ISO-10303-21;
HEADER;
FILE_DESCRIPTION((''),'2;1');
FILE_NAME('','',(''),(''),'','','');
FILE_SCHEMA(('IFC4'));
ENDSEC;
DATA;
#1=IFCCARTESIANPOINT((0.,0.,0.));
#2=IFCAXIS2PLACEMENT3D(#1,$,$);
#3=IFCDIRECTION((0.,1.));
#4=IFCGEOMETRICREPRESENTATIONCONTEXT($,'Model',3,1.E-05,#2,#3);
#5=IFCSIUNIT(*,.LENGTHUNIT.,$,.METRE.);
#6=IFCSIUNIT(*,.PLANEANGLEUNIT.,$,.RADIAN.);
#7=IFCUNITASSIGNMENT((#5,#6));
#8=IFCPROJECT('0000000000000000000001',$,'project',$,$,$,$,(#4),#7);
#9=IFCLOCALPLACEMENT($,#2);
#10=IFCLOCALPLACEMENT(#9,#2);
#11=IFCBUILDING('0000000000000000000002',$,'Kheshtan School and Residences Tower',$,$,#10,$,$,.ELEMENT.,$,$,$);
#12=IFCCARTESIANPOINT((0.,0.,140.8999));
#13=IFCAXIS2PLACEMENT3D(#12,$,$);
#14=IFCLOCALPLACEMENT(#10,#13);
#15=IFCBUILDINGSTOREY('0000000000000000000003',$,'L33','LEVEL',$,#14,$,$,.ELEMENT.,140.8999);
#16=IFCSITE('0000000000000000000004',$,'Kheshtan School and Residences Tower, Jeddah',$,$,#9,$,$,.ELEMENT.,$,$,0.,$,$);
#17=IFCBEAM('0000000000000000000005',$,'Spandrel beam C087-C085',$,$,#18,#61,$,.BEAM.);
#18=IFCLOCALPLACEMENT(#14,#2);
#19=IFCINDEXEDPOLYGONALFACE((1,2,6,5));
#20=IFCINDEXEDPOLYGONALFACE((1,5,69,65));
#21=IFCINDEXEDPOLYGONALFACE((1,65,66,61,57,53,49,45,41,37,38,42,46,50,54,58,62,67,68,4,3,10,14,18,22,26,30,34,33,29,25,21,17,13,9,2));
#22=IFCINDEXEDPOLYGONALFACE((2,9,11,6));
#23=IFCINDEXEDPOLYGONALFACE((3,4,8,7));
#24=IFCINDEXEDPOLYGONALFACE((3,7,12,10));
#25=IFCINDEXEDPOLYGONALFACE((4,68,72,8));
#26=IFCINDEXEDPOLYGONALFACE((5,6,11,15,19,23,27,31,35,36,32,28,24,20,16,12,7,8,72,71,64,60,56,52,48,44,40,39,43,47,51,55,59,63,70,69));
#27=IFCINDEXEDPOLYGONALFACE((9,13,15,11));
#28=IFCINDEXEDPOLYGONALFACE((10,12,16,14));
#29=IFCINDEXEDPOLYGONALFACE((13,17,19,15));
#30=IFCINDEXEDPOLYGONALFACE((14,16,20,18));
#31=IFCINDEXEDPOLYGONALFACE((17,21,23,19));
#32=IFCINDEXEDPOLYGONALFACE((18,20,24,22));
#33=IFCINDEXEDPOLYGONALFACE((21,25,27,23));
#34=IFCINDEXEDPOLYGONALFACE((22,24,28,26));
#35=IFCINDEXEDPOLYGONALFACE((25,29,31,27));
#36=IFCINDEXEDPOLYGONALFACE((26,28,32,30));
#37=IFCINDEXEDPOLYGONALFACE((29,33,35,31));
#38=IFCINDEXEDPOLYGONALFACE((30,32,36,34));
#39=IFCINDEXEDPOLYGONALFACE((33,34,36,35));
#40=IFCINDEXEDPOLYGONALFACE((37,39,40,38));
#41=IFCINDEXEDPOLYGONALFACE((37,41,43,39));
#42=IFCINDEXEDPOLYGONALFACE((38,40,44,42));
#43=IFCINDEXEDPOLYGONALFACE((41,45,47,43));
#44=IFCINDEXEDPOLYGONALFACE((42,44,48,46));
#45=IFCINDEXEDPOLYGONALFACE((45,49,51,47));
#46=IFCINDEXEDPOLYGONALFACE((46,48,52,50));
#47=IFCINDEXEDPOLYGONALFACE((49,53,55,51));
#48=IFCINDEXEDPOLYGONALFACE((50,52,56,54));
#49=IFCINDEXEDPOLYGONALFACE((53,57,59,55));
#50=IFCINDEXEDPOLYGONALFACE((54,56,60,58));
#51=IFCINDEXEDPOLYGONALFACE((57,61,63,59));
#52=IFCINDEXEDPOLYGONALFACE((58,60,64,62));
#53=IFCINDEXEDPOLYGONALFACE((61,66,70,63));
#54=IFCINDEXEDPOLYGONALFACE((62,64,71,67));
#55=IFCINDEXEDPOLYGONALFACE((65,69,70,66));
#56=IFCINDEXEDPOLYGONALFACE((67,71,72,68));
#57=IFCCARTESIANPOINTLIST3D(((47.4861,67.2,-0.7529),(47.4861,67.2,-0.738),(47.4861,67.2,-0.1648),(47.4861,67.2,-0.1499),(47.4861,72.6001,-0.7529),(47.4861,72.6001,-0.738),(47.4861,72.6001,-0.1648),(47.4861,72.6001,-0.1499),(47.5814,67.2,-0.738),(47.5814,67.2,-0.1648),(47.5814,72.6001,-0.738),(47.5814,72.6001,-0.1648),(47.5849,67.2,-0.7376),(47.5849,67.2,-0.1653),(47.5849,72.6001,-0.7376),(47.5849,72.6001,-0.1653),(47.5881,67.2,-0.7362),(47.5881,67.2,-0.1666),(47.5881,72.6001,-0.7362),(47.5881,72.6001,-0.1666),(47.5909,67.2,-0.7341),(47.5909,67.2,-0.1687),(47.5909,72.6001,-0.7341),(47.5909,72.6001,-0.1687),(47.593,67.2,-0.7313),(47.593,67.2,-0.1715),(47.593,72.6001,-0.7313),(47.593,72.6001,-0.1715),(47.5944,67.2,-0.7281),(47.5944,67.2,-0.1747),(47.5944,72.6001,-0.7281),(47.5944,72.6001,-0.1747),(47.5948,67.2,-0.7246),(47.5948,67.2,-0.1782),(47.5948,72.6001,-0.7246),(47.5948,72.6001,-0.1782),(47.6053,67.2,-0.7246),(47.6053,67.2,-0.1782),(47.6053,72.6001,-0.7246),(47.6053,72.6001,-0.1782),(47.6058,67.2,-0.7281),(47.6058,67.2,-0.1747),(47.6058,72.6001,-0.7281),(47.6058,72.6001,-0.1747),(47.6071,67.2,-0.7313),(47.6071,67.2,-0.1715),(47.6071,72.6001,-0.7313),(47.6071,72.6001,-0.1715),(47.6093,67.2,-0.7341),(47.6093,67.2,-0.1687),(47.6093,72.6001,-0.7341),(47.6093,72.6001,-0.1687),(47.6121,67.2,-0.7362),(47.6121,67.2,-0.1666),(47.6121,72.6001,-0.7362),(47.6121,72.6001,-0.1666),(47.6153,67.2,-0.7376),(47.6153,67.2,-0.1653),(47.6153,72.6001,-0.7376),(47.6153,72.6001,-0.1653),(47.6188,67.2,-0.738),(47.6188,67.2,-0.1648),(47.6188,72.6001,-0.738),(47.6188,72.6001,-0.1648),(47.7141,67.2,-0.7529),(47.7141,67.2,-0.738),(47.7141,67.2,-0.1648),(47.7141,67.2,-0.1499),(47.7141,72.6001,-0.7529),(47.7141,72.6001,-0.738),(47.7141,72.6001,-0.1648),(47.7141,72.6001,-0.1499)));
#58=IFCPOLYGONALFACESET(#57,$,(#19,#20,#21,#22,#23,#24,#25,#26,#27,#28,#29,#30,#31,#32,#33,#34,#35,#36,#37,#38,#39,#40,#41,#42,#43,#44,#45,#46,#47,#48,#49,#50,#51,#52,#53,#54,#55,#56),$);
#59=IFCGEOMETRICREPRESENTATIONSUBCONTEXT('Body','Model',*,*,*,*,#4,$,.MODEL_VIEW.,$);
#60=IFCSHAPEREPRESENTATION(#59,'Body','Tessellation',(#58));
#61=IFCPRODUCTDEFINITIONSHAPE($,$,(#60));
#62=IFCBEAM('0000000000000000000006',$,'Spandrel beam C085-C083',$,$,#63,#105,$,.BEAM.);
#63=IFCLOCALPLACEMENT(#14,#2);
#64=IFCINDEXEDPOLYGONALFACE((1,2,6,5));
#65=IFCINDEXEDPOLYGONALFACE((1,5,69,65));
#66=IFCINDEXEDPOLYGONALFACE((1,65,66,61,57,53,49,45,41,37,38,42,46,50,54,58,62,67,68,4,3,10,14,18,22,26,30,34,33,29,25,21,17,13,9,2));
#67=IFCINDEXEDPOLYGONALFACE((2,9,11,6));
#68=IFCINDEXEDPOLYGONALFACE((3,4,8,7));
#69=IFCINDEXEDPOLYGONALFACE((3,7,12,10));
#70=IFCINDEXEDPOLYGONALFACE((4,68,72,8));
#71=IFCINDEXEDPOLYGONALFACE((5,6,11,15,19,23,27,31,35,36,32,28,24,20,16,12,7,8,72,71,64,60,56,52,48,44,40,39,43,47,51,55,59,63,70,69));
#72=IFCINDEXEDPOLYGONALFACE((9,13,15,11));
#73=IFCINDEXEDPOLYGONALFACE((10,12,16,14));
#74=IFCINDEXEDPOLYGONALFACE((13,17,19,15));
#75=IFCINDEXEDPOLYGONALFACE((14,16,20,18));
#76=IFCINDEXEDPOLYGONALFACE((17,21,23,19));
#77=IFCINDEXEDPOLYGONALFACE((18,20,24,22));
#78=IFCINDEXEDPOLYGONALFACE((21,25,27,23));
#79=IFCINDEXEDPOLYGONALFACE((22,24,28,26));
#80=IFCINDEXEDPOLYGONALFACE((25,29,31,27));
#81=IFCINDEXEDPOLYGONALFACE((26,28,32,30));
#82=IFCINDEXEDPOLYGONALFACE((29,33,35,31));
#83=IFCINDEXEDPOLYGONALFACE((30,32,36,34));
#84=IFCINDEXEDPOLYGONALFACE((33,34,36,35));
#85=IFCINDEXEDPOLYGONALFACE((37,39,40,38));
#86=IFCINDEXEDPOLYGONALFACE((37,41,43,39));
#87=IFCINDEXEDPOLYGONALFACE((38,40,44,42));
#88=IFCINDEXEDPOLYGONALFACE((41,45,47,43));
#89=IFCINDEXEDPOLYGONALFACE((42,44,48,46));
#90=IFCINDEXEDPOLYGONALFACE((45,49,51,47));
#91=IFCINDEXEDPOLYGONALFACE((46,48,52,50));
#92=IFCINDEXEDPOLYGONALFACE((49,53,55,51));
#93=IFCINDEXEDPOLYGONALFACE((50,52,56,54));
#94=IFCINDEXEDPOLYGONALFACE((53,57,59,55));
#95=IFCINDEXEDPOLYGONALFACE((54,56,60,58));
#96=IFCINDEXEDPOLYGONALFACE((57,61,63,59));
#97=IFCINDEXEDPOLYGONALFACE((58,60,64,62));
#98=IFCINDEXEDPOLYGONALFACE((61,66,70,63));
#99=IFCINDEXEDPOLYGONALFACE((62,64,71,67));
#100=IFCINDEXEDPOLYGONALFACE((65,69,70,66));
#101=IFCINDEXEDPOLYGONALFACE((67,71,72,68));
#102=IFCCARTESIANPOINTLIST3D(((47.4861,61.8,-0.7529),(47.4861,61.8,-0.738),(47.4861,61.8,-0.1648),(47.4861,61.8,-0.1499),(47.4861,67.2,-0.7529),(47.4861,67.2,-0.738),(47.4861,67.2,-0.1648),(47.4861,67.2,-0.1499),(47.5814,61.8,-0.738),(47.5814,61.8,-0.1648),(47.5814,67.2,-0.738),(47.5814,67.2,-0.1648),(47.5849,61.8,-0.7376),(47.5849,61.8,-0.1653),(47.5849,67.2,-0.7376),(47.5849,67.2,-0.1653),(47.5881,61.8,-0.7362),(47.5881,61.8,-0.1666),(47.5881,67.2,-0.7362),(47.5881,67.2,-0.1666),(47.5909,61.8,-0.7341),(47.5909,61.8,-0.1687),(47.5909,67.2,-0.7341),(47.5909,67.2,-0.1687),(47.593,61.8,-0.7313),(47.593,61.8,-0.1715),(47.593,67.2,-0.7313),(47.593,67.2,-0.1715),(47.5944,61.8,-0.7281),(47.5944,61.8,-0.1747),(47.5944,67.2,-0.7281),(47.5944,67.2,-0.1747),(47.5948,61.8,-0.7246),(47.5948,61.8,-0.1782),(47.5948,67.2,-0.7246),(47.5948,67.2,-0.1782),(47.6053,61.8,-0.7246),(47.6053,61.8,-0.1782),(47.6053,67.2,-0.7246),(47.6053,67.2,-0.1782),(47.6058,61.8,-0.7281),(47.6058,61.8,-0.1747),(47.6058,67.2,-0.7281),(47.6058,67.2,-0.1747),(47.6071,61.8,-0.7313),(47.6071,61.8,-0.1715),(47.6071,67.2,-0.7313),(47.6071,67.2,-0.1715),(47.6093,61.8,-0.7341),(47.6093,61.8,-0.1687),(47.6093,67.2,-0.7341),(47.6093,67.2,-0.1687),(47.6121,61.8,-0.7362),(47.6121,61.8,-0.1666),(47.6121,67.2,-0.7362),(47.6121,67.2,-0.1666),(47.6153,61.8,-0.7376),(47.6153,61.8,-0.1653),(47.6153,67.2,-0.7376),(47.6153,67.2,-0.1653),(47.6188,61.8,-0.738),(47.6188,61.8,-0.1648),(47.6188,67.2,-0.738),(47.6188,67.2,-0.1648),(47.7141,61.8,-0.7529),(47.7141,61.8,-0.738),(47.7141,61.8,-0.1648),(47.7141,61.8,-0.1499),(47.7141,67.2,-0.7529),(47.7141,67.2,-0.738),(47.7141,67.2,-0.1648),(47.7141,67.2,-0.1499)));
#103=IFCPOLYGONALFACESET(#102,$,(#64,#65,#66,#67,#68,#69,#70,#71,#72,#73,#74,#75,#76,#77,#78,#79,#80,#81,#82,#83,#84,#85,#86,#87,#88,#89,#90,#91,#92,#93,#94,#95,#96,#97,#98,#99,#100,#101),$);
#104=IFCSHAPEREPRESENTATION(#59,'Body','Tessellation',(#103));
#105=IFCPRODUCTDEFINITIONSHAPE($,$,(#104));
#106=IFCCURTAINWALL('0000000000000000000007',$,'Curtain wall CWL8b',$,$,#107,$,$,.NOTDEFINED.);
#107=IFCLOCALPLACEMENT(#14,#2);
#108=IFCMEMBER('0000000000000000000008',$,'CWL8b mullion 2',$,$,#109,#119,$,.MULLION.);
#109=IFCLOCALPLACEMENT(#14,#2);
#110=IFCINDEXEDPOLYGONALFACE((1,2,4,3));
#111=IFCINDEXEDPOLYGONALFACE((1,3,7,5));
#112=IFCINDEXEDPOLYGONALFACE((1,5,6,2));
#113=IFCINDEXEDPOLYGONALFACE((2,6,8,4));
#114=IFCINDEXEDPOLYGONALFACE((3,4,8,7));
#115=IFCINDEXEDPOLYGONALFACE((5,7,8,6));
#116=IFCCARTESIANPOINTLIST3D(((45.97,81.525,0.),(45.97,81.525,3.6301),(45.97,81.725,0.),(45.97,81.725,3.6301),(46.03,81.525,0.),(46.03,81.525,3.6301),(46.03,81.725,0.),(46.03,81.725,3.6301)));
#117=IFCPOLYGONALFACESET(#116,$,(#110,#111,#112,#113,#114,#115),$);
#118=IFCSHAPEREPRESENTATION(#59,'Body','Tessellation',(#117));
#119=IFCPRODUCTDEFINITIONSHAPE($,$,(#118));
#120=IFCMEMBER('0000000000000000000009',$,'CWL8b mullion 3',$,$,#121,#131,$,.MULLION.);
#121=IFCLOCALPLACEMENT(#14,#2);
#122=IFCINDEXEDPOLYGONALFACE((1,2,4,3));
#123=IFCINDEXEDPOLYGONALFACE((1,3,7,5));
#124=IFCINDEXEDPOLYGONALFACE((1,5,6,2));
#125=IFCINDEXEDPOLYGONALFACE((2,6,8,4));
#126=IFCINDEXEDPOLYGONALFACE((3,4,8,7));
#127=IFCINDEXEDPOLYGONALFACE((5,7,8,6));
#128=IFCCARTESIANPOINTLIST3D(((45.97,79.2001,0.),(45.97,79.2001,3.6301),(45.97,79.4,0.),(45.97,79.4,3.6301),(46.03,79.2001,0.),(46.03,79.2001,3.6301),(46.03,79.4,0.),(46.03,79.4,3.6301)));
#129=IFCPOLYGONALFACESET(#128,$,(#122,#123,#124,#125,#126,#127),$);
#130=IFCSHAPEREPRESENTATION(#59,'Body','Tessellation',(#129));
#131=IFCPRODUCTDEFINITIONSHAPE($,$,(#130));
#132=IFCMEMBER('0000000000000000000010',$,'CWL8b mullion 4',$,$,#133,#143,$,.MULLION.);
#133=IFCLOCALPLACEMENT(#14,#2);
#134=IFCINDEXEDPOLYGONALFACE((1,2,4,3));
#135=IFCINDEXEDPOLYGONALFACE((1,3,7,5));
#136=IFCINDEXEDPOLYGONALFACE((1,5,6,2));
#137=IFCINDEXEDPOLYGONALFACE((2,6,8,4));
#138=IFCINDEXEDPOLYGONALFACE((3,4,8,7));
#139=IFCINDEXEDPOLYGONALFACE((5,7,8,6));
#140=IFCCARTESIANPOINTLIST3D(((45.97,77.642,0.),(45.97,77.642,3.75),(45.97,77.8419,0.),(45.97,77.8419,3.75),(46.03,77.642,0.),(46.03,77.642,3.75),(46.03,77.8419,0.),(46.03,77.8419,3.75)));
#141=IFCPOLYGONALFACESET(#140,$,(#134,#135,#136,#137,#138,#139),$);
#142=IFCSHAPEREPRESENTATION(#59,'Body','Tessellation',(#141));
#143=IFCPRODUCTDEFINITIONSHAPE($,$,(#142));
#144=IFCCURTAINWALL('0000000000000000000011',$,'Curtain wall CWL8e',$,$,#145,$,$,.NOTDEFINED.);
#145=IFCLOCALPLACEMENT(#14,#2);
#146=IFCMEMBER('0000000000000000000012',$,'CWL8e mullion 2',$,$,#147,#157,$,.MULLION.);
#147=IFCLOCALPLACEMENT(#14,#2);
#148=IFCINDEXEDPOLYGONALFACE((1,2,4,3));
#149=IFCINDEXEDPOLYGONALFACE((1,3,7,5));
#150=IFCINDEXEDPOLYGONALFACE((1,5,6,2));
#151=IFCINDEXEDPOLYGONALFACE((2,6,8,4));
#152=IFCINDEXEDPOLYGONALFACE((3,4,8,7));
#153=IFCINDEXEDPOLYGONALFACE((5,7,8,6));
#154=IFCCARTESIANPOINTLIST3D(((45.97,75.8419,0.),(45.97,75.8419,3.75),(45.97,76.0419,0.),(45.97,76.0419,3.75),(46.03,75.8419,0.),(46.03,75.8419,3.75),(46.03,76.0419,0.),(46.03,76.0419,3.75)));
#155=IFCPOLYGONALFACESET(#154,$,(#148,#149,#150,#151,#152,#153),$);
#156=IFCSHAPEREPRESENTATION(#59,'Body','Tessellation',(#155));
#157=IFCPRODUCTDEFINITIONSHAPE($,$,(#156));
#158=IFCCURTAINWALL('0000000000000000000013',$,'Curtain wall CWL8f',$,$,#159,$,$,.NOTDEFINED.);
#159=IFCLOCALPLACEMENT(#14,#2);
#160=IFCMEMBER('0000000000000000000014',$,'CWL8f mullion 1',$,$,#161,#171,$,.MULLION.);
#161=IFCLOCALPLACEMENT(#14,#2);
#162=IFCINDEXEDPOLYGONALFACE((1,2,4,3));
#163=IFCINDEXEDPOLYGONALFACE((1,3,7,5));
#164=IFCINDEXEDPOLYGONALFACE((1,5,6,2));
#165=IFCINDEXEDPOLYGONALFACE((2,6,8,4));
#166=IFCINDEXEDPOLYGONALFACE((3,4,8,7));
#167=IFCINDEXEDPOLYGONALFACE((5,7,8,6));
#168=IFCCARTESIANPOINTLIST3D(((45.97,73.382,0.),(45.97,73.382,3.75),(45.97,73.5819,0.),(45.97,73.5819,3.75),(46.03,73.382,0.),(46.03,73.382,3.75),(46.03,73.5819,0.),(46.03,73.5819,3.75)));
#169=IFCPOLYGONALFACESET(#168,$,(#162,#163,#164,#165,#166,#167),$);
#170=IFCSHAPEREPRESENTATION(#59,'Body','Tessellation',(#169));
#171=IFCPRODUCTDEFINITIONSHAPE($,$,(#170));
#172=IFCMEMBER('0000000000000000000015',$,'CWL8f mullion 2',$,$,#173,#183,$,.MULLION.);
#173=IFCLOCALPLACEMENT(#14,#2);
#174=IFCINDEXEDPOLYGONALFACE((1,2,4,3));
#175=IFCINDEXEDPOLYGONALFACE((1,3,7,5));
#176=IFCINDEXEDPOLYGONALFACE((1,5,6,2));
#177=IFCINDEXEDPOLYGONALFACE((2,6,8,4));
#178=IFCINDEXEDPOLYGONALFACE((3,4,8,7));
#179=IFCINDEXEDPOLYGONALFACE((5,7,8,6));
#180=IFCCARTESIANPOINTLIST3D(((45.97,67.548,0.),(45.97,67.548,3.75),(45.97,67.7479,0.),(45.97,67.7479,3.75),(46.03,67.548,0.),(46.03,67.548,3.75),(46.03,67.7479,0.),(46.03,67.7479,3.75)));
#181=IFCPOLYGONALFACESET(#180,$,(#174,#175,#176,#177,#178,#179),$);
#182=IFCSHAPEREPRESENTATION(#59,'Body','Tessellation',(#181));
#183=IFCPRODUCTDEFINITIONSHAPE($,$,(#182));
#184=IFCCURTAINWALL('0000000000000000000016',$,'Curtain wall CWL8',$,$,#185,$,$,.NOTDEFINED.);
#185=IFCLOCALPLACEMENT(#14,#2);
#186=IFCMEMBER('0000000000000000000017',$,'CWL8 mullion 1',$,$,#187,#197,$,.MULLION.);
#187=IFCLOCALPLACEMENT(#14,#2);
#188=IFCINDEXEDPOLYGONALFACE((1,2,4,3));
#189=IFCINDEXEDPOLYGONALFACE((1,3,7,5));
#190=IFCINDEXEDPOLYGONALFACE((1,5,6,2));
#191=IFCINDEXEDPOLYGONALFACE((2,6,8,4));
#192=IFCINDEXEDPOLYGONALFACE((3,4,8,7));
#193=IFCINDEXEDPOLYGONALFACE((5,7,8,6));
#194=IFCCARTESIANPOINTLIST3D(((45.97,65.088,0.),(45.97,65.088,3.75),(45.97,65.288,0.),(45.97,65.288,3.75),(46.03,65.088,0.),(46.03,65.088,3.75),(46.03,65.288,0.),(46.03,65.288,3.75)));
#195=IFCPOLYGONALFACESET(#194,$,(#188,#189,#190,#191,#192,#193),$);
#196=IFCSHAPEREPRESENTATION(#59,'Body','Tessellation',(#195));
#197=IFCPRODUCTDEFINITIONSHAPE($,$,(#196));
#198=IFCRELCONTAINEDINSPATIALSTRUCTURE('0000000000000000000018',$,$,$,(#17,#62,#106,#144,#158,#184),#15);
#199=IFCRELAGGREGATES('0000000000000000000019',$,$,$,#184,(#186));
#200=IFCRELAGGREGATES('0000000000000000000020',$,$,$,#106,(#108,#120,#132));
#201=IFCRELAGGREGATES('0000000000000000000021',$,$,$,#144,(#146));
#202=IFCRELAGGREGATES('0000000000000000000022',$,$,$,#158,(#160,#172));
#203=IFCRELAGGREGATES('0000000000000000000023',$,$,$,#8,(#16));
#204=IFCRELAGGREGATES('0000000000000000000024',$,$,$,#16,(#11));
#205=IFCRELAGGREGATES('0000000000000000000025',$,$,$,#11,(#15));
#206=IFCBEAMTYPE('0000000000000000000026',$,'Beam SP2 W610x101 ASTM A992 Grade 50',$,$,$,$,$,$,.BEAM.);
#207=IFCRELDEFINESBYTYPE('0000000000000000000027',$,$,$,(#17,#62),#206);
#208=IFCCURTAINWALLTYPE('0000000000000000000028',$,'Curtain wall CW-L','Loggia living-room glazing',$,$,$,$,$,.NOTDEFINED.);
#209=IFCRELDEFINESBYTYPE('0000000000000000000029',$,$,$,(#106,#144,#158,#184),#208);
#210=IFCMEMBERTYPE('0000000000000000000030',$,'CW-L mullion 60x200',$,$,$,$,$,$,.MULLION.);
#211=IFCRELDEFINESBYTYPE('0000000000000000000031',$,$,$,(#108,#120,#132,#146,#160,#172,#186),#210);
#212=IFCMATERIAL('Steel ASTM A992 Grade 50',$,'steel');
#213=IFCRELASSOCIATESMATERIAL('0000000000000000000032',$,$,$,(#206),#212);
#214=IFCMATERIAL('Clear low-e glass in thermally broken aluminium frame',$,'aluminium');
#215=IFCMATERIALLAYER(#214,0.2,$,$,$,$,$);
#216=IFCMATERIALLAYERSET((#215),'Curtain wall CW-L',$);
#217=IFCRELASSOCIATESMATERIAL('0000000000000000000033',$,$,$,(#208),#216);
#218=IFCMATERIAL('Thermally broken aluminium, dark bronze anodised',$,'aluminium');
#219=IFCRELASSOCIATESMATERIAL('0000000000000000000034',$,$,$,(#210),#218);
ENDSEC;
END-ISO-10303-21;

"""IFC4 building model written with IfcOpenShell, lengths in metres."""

from ifc_helpers import new_model, si_unit, direction, frame, origin, origin_2d, place, context, subcontext, project, spatial, rectangle, i_section, extrude, material, layer, layer_set, material_profile, profile_set, type_object, element, aggregate, save


model = new_model("IFC4")

# Units and contexts
model_context = context("Model", 3, precision=1e-05, world=origin(), true_north=direction((0.0, 1.0)))
body_context = subcontext(model_context, "Body", "Model", "MODEL_VIEW")
ifc_project = project(units=[si_unit("LENGTHUNIT", "METRE"), si_unit("PLANEANGLEUNIT", "RADIAN")], contexts=[model_context])

# Site, building, storey
site_placement = place(None, origin())
site = spatial("IfcSite", under=ifc_project, at=site_placement, Name="Kheshtan School and Residences Tower, Jeddah", CompositionType="ELEMENT", RefElevation=0.0)
building_placement = place(site_placement, origin())
building = spatial("IfcBuilding", under=site, at=building_placement, Name="Kheshtan School and Residences Tower", CompositionType="ELEMENT")
storey_placement = place(building_placement, frame((0.0, 0.0, 140.8999)))
storey = spatial("IfcBuildingStorey", under=building, at=storey_placement, Name="L33", Description="LEVEL", CompositionType="ELEMENT", Elevation=140.8999)

# Shared definitions
ifc_material_1 = material(Name="Steel ASTM A992 Grade 50", Category="steel")

# Beams
ifc_material_profile_1 = material_profile(ifc_material_1, i_section(OverallWidth=0.228, OverallDepth=0.603, WebThickness=0.0105, FlangeThickness=0.0149, FilletRadius=0.0134, at=origin_2d()), Name="W610x101")
ifc_profile_set_1 = profile_set([ifc_material_profile_1], Name="Steel ASTM A992 Grade 50")
beam_type = type_object("IfcBeamType", Name="Beam SP2 W610x101 ASTM A992 Grade 50", PredefinedType="BEAM", material=ifc_profile_set_1)
beam_1_placement = place(storey_placement, frame((47.6001, 72.6001, -0.4514), z_axis=(0.0, -1.0, 0.0), x_axis=(1.0, 0.0, 0.0)))
element("IfcBeam", 1, at=beam_1_placement, inside=storey, type_object=beam_type, Name="Spandrel beam C087-C085", PredefinedType="BEAM", context=body_context, shape_type="SweptSolid", body=[
    extrude(i_section(OverallWidth=0.228, OverallDepth=0.603, WebThickness=0.0105, FlangeThickness=0.0149, FilletRadius=0.0134, at=origin_2d()), origin(), (0.0, 0.0, 1.0), 5.4001),
])
beam_2_placement = place(storey_placement, frame((47.6001, 67.2, -0.4514), z_axis=(0.0, -1.0, 0.0), x_axis=(1.0, 0.0, 0.0)))
element("IfcBeam", 2, at=beam_2_placement, inside=storey, type_object=beam_type, Name="Spandrel beam C085-C083", PredefinedType="BEAM", context=body_context, shape_type="SweptSolid", body=[
    extrude(i_section(OverallWidth=0.228, OverallDepth=0.603, WebThickness=0.0105, FlangeThickness=0.0149, FilletRadius=0.0134, at=origin_2d()), origin(), (0.0, 0.0, 1.0), 5.3999),
])

# Curtain wall, members
ifc_material_2 = material(Name="Clear low-e glass in thermally broken aluminium frame", Category="aluminium")
ifc_layer_1 = layer(ifc_material_2, 0.2)
ifc_layer_set_1 = layer_set([ifc_layer_1], Name="Curtain wall CW-L")
curtain_wall_type = type_object("IfcCurtainWallType", Name="Curtain wall CW-L", Description="Loggia living-room glazing", PredefinedType="NOTDEFINED", material=ifc_layer_set_1)
curtain_wall_1_placement = place(storey_placement, origin())
curtain_wall_1 = element("IfcCurtainWall", 3, at=curtain_wall_1_placement, inside=storey, type_object=curtain_wall_type, Name="Curtain wall CWL8b", PredefinedType="NOTDEFINED")
ifc_material_3 = material(Name="Thermally broken aluminium, dark bronze anodised", Category="aluminium")
ifc_material_profile_2 = material_profile(ifc_material_3, rectangle(XDim=0.0601, YDim=0.2, at=origin_2d()), Name="CW-L mullion 60x200")
ifc_profile_set_2 = profile_set([ifc_material_profile_2], Name="Thermally broken aluminium, dark bronze anodised")
member_type_1 = type_object("IfcMemberType", Name="CW-L mullion 60x200", PredefinedType="MULLION", material=ifc_profile_set_2)
member_1_placement = place(storey_placement, frame((46.0, 81.625, 0.0), z_axis=(0.0, 0.0, 1.0), x_axis=(1.0, 0.0, 0.0)))
member_1 = element("IfcMember", 4, at=member_1_placement, type_object=member_type_1, Name="CWL8b mullion 2", PredefinedType="MULLION", context=body_context, shape_type="SweptSolid", body=[
    extrude(rectangle(XDim=0.0601, YDim=0.2, at=origin_2d()), origin(), (0.0, 0.0, 1.0), 3.6301),
])
member_2_placement = place(storey_placement, frame((46.0, 79.3, 0.0), z_axis=(0.0, 0.0, 1.0), x_axis=(1.0, 0.0, 0.0)))
member_2 = element("IfcMember", 5, at=member_2_placement, type_object=member_type_1, Name="CWL8b mullion 3", PredefinedType="MULLION", context=body_context, shape_type="SweptSolid", body=[
    extrude(rectangle(XDim=0.0601, YDim=0.2, at=origin_2d()), origin(), (0.0, 0.0, 1.0), 3.6301),
])
member_3_placement = place(storey_placement, frame((46.0, 77.7419, 0.0), z_axis=(0.0, 0.0, 1.0), x_axis=(1.0, 0.0, 0.0)))
member_3 = element("IfcMember", 6, at=member_3_placement, type_object=member_type_1, Name="CWL8b mullion 4", PredefinedType="MULLION", context=body_context, shape_type="SweptSolid", body=[
    extrude(rectangle(XDim=0.0601, YDim=0.2, at=origin_2d()), origin(), (0.0, 0.0, 1.0), 3.75),
])

# Curtain wall, member
curtain_wall_2_placement = place(storey_placement, origin())
curtain_wall_2 = element("IfcCurtainWall", 7, at=curtain_wall_2_placement, inside=storey, type_object=curtain_wall_type, Name="Curtain wall CWL8e", PredefinedType="NOTDEFINED")
member_4_placement = place(storey_placement, frame((46.0, 75.9419, 0.0), z_axis=(0.0, 0.0, 1.0), x_axis=(1.0, 0.0, 0.0)))
member_4 = element("IfcMember", 8, at=member_4_placement, type_object=member_type_1, Name="CWL8e mullion 2", PredefinedType="MULLION", context=body_context, shape_type="SweptSolid", body=[
    extrude(rectangle(XDim=0.0601, YDim=0.2, at=origin_2d()), origin(), (0.0, 0.0, 1.0), 3.75),
])

# Curtain wall, members
curtain_wall_3_placement = place(storey_placement, origin())
curtain_wall_3 = element("IfcCurtainWall", 9, at=curtain_wall_3_placement, inside=storey, type_object=curtain_wall_type, Name="Curtain wall CWL8f", PredefinedType="NOTDEFINED")
member_5_placement = place(storey_placement, frame((46.0, 73.4819, 0.0), z_axis=(0.0, 0.0, 1.0), x_axis=(1.0, 0.0, 0.0)))
member_5 = element("IfcMember", 10, at=member_5_placement, type_object=member_type_1, Name="CWL8f mullion 1", PredefinedType="MULLION", context=body_context, shape_type="SweptSolid", body=[
    extrude(rectangle(XDim=0.0601, YDim=0.2, at=origin_2d()), origin(), (0.0, 0.0, 1.0), 3.75),
])
member_6_placement = place(storey_placement, frame((46.0, 67.6479, 0.0), z_axis=(0.0, 0.0, 1.0), x_axis=(1.0, 0.0, 0.0)))
member_6 = element("IfcMember", 11, at=member_6_placement, type_object=member_type_1, Name="CWL8f mullion 2", PredefinedType="MULLION", context=body_context, shape_type="SweptSolid", body=[
    extrude(rectangle(XDim=0.0601, YDim=0.2, at=origin_2d()), origin(), (0.0, 0.0, 1.0), 3.75),
])

# Curtain wall, member
curtain_wall_4_placement = place(storey_placement, origin())
curtain_wall_4 = element("IfcCurtainWall", 12, at=curtain_wall_4_placement, inside=storey, type_object=curtain_wall_type, Name="Curtain wall CWL8", PredefinedType="NOTDEFINED")
member_7_placement = place(storey_placement, frame((46.0, 65.188, 0.0), z_axis=(0.0, 0.0, 1.0), x_axis=(1.0, 0.0, 0.0)))
member_7 = element("IfcMember", 13, at=member_7_placement, type_object=member_type_1, Name="CWL8 mullion 1", PredefinedType="MULLION", context=body_context, shape_type="SweptSolid", body=[
    extrude(rectangle(XDim=0.0601, YDim=0.2, at=origin_2d()), origin(), (0.0, 0.0, 1.0), 3.75),
])
aggregate(curtain_wall_4, [member_7])

aggregate(curtain_wall_1, [member_1, member_2, member_3])
aggregate(curtain_wall_2, [member_4])
aggregate(curtain_wall_3, [member_5, member_6])

save(model, "model.ifc")
